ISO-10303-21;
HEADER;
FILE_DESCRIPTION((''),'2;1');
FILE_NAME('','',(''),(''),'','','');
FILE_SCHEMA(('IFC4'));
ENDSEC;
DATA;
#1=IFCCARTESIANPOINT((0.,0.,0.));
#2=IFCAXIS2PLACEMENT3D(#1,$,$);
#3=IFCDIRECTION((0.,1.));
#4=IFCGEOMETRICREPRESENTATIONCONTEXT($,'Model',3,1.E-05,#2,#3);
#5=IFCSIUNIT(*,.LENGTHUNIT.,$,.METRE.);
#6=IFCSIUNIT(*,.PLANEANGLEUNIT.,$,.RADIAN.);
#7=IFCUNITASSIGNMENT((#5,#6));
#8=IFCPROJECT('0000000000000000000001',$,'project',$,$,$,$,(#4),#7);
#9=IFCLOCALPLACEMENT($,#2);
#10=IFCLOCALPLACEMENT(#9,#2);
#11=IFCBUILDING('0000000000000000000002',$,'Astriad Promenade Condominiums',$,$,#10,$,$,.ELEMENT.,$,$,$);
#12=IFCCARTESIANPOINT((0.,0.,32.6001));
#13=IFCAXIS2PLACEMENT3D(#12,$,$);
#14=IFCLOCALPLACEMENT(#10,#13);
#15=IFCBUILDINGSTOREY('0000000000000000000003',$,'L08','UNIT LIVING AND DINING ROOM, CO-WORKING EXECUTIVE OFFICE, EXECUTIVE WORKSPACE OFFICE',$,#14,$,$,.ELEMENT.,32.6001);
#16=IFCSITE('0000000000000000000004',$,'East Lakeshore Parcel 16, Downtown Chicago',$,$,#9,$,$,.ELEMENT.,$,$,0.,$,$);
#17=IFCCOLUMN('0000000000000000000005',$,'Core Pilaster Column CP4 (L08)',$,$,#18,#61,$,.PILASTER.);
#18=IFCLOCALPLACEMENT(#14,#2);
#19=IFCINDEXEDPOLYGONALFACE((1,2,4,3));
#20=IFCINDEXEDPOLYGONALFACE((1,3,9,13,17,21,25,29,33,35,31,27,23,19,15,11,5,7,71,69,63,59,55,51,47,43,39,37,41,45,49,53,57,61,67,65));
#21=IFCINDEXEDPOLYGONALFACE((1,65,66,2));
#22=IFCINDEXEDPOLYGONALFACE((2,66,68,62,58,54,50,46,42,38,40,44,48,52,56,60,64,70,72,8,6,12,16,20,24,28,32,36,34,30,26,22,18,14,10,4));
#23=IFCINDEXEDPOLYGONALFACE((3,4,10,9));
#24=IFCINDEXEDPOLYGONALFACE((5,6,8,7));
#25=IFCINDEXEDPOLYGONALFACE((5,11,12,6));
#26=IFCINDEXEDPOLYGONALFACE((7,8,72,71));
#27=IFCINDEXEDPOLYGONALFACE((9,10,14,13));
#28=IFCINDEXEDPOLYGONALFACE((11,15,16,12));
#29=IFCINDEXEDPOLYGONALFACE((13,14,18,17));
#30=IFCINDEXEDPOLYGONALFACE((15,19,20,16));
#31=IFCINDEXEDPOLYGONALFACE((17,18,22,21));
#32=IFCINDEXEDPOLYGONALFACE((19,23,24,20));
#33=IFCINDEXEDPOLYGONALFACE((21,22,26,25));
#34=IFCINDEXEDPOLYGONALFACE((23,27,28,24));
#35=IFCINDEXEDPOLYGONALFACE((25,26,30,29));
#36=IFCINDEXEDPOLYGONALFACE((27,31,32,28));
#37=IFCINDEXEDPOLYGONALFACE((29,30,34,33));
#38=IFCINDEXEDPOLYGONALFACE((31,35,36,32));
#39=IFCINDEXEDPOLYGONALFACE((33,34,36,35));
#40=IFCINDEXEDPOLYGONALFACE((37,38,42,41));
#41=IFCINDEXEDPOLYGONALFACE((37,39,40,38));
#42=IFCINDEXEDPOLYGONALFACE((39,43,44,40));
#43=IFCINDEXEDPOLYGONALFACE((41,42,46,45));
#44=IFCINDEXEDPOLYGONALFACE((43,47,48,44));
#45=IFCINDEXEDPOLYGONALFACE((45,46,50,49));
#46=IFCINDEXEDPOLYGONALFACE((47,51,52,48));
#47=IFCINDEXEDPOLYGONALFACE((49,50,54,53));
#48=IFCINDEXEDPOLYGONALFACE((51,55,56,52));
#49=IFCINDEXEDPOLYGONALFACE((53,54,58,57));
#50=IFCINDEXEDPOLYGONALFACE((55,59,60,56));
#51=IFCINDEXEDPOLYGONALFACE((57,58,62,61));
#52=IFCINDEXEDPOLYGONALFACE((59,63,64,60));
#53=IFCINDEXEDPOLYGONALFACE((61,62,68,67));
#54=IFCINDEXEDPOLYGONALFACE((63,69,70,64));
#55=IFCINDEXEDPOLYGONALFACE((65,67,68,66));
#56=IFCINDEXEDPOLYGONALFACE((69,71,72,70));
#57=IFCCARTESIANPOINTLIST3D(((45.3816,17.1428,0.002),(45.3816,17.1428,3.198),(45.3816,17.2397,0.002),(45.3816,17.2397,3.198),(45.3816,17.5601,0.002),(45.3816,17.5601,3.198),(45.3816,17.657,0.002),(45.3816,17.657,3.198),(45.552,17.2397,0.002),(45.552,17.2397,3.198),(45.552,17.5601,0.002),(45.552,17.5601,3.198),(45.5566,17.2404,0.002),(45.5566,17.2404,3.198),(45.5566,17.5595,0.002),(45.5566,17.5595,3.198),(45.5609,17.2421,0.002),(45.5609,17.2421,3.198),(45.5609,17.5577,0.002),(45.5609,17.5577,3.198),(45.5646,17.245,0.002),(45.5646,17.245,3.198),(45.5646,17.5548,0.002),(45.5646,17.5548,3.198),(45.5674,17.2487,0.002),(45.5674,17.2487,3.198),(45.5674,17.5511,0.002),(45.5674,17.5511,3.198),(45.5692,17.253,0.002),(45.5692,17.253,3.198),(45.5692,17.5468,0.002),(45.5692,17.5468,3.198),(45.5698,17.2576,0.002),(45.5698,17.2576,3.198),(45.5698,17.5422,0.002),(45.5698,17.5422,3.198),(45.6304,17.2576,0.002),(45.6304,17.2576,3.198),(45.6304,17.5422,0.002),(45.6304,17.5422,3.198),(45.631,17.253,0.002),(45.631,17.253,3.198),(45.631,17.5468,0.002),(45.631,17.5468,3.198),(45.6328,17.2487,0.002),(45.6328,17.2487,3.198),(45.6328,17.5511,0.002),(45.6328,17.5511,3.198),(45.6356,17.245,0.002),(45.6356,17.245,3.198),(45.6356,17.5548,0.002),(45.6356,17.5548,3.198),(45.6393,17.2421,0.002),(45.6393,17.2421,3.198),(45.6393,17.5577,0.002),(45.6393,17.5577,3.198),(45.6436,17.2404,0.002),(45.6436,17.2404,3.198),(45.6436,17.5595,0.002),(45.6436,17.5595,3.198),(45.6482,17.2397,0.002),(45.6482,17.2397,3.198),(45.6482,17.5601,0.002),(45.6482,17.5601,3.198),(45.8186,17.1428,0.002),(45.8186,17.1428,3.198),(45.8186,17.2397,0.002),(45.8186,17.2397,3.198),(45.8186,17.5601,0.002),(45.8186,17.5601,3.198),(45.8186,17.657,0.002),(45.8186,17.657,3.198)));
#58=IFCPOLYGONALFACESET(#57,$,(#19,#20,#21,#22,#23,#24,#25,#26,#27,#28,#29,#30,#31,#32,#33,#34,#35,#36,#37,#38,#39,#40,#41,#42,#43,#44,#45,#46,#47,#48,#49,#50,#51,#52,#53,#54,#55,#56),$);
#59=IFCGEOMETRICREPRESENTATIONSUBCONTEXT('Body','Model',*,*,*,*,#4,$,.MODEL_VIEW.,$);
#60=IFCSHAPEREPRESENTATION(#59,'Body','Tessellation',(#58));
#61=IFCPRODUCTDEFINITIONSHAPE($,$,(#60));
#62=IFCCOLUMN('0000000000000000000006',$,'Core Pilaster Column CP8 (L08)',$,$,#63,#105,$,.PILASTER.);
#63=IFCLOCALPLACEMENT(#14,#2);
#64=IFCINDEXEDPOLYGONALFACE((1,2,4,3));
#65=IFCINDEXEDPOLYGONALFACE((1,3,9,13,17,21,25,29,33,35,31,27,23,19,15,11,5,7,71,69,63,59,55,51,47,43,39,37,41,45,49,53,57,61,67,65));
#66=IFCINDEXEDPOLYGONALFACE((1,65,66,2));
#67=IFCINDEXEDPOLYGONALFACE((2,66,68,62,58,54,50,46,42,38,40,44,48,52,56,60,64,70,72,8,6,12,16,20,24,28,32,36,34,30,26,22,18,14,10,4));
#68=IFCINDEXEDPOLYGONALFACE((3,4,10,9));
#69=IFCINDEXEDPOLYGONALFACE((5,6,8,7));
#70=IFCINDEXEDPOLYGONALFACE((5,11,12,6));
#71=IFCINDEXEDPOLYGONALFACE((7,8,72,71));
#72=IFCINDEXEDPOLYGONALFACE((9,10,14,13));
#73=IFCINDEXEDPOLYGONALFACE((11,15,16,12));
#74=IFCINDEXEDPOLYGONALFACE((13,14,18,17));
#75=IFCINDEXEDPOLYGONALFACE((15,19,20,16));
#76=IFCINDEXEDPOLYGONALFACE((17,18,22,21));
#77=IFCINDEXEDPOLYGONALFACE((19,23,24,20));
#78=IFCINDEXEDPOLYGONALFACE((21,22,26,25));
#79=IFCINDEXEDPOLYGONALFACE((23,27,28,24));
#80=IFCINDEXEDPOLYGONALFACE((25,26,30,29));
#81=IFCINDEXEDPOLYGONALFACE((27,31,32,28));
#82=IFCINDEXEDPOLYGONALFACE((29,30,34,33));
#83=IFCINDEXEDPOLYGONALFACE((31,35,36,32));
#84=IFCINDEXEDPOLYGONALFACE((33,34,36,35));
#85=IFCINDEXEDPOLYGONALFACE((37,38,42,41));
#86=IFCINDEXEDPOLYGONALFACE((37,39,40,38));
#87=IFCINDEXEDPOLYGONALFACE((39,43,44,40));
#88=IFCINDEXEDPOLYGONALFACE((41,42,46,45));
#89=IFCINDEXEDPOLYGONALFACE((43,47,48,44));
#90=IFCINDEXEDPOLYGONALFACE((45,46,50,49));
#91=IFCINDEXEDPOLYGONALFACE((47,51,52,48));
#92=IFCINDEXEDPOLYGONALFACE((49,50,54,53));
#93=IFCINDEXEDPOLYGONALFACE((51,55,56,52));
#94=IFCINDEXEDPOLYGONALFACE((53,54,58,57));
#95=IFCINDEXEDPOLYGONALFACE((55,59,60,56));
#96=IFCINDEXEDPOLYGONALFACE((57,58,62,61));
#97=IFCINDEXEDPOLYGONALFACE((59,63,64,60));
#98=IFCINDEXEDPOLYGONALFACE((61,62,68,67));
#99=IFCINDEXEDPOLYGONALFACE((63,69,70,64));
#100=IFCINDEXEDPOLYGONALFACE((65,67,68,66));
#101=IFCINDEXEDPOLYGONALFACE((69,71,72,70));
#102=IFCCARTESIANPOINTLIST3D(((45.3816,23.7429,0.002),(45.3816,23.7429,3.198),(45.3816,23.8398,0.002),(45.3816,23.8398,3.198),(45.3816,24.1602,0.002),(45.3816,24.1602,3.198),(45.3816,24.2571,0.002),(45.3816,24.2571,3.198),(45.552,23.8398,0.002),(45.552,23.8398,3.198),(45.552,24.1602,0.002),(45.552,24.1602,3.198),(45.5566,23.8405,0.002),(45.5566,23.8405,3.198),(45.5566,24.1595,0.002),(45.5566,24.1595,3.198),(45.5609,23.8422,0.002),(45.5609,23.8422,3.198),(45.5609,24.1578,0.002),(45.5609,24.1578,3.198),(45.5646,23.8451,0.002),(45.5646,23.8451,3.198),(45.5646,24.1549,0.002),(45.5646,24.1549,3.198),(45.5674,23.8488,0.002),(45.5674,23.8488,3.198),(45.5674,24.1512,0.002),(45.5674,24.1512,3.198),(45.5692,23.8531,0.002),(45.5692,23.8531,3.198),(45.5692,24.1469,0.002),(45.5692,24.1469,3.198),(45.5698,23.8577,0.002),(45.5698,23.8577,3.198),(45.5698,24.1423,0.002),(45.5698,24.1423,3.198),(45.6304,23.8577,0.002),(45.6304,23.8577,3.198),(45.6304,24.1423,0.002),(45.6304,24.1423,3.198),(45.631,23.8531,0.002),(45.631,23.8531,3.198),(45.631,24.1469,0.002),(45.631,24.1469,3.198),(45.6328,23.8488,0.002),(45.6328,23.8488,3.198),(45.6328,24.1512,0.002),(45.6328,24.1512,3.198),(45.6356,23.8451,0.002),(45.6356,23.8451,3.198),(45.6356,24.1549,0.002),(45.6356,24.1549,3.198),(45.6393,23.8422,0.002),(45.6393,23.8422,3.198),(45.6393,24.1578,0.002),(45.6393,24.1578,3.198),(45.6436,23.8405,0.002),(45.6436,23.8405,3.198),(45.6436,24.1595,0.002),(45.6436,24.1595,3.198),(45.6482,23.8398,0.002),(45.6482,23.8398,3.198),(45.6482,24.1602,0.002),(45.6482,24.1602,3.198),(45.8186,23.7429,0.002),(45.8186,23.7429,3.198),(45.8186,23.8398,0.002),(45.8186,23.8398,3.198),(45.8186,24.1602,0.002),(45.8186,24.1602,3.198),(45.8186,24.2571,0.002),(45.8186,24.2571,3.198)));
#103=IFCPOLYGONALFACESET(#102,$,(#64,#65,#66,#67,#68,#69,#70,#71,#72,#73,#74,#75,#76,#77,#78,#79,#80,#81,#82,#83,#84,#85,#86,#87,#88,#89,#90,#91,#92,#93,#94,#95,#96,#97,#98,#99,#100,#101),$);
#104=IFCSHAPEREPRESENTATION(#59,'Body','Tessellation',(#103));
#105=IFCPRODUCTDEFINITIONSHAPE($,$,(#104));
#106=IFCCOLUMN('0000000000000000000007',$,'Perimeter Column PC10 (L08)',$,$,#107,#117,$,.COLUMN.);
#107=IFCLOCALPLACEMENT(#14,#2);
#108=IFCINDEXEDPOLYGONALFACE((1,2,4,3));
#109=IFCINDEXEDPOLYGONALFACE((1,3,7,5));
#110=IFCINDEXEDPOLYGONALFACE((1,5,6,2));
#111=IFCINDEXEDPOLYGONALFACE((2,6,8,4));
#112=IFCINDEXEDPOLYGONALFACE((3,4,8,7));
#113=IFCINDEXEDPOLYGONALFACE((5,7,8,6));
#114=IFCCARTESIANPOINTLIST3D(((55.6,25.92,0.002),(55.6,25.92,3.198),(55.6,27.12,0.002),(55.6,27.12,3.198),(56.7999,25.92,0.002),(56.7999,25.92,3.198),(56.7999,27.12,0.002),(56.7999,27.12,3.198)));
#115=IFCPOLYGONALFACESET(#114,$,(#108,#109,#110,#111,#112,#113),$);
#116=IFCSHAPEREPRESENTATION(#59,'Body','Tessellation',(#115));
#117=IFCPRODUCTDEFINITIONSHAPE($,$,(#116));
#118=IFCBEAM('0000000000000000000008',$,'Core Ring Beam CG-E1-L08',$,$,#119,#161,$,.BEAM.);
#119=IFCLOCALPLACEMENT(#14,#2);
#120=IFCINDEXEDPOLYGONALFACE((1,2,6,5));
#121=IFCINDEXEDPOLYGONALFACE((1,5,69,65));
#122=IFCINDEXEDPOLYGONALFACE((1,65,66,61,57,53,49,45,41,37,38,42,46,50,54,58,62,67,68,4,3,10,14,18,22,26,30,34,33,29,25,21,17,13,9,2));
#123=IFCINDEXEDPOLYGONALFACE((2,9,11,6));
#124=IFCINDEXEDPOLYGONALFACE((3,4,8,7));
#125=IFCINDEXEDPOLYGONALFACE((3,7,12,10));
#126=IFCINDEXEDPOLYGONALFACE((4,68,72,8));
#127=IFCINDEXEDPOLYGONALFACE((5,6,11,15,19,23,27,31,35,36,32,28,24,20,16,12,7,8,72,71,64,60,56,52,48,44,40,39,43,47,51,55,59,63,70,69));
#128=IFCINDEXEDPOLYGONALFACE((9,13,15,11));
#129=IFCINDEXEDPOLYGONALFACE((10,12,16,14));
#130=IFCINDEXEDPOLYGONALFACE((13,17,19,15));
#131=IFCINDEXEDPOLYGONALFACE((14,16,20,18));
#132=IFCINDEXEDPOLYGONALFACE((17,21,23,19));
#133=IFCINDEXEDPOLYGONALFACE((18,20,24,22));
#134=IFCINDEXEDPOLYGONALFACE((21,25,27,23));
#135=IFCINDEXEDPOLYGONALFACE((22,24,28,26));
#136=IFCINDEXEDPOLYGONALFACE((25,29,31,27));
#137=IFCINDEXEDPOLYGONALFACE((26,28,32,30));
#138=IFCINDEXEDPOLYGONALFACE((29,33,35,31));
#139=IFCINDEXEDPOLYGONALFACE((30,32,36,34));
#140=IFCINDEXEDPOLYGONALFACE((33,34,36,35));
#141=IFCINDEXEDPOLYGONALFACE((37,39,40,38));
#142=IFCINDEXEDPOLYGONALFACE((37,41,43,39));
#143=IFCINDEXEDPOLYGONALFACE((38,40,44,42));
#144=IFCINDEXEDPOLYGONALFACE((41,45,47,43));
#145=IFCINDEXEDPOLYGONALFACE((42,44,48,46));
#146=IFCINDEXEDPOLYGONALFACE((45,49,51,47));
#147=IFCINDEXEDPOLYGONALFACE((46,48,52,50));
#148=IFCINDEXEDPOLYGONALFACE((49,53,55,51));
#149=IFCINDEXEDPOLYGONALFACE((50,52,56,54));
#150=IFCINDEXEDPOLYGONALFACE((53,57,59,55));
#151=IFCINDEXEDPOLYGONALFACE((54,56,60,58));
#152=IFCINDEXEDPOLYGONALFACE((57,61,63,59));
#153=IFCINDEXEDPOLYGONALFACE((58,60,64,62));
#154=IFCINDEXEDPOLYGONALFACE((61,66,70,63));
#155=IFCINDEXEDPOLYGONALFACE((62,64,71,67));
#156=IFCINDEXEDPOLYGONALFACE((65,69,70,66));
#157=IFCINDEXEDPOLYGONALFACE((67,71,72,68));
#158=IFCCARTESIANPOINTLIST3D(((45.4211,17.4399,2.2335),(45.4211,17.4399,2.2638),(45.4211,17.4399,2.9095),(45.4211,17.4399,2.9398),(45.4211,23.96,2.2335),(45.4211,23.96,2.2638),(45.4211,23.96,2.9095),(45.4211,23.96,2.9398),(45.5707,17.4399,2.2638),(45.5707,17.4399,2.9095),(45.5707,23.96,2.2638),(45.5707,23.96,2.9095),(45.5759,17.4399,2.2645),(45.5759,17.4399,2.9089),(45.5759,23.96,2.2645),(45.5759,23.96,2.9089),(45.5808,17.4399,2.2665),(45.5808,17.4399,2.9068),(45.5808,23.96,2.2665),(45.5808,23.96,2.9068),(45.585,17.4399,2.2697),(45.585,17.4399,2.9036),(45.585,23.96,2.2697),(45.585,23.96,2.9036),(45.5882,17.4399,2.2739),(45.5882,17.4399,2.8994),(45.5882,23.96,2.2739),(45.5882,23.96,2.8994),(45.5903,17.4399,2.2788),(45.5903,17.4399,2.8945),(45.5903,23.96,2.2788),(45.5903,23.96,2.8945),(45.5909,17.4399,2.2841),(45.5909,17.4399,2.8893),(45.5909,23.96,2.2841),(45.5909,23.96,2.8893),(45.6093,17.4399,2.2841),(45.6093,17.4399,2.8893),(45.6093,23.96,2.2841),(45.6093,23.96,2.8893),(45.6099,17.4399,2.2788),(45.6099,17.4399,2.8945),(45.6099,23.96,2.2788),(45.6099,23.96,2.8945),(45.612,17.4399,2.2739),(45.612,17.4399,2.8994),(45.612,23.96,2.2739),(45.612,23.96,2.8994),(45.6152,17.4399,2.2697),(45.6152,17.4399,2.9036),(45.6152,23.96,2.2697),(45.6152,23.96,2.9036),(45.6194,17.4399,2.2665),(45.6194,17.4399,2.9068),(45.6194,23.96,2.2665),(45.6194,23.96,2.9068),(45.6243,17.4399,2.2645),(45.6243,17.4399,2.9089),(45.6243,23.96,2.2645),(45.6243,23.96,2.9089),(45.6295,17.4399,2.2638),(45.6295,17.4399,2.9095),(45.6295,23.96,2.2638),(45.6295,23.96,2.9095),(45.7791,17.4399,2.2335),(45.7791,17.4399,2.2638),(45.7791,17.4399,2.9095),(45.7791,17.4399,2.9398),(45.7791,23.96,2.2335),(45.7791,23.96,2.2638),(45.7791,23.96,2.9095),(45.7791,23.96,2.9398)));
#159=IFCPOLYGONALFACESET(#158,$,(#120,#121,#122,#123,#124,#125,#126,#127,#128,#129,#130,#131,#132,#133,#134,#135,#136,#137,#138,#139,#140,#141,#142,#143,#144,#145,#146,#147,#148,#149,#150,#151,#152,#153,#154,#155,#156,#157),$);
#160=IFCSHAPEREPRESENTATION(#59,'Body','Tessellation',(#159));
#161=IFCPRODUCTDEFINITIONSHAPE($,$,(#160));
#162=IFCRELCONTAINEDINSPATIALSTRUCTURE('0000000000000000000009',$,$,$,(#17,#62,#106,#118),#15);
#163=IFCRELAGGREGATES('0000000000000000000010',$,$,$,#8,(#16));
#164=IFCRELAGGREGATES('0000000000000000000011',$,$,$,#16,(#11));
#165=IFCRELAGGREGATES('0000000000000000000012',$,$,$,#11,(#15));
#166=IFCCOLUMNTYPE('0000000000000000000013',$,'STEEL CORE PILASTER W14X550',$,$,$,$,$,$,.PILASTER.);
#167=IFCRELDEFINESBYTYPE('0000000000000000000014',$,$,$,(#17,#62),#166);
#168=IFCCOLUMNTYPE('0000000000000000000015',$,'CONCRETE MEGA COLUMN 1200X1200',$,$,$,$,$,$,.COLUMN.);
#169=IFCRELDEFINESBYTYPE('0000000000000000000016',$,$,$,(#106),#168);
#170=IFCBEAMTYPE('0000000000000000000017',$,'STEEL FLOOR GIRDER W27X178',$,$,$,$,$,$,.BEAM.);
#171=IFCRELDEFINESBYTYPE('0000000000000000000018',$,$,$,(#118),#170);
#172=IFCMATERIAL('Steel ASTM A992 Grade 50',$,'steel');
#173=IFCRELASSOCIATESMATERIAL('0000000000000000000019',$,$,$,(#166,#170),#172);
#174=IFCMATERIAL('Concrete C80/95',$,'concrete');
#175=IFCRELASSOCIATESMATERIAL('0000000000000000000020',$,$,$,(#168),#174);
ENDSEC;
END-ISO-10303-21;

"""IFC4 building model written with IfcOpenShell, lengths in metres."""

from ifc_helpers import new_model, si_unit, direction, frame, origin, origin_2d, place, context, subcontext, project, spatial, rectangle, i_section, extrude, source, transform, mapped, material, material_profile, profile_set, type_object, type_shapes, element, save


model = new_model("IFC4")

# Units and contexts
model_context = context("Model", 3, precision=1e-05, world=origin(), true_north=direction((0.0, 1.0)))
body_context = subcontext(model_context, "Body", "Model", "MODEL_VIEW")
ifc_project = project(units=[si_unit("LENGTHUNIT", "METRE"), si_unit("PLANEANGLEUNIT", "RADIAN")], contexts=[model_context])

# Site, building, storey
site_placement = place(None, origin())
site = spatial("IfcSite", under=ifc_project, at=site_placement, Name="East Lakeshore Parcel 16, Downtown Chicago", CompositionType="ELEMENT", RefElevation=0.0)
building_placement = place(site_placement, origin())
building = spatial("IfcBuilding", under=site, at=building_placement, Name="Astriad Promenade Condominiums", CompositionType="ELEMENT")
storey_placement = place(building_placement, frame((0.0, 0.0, 32.6001)))
storey = spatial("IfcBuildingStorey", under=building, at=storey_placement, Name="L08", Description="UNIT LIVING AND DINING ROOM, CO-WORKING EXECUTIVE OFFICE, EXECUTIVE WORKSPACE OFFICE", CompositionType="ELEMENT", Elevation=32.6001)

# Columns
ifc_material_1 = material(Name="Steel ASTM A992 Grade 50", Category="steel")
ifc_material_profile_1 = material_profile(ifc_material_1, i_section(OverallWidth=0.437, OverallDepth=0.5142, WebThickness=0.0605, FlangeThickness=0.0969, FilletRadius=0.0178, at=origin_2d()), Name="W14X550")
ifc_profile_set_1 = profile_set([ifc_material_profile_1], Name="Steel ASTM A992 Grade 50")
column_type_1 = type_object("IfcColumnType", Name="STEEL CORE PILASTER W14X550", PredefinedType="PILASTER", material=ifc_profile_set_1)
shared_shape_1 = source(origin(), body_context, "Body", "SweptSolid", [
    extrude(i_section(OverallWidth=0.437, OverallDepth=0.5142, WebThickness=0.0605, FlangeThickness=0.0969, FilletRadius=0.0178, at=origin_2d()), origin(), (0.0, 0.0, 1.0), 3.196),
])
type_shapes(column_type_1, [shared_shape_1])
for number, where, z_axis, x_axis, name in (
    (1, (45.6001, 17.3999, 0.002), (0.0, 0.0, 1.0), (1.0, 0.0, 0.0), "Core Pilaster Column CP4 (L08)"),
    (2, (45.6001, 24.0, 0.002), (0.0, 0.0, 1.0), (1.0, 0.0, 0.0), "Core Pilaster Column CP8 (L08)"),
):
    element("IfcColumn", number, at=place(storey_placement, frame(where, z_axis=z_axis, x_axis=x_axis)), inside=storey, type_object=column_type_1, Name=name, PredefinedType="PILASTER", context=body_context, shape_type="MappedRepresentation", body=[
        mapped(shared_shape_1, transform((0.0, 0.0, 0.0), scale=1.0)),
    ])
ifc_material_2 = material(Name="Concrete C80/95", Category="concrete")
ifc_material_profile_2 = material_profile(ifc_material_2, rectangle(XDim=1.2, YDim=1.2, at=origin_2d()), Name="RC-COL-1200X1200")
ifc_profile_set_2 = profile_set([ifc_material_profile_2], Name="Concrete C80/95")
column_type_2 = type_object("IfcColumnType", Name="CONCRETE MEGA COLUMN 1200X1200", PredefinedType="COLUMN", material=ifc_profile_set_2)
shared_shape_2 = source(origin(), body_context, "Body", "SweptSolid", [
    extrude(rectangle(XDim=1.2, YDim=1.2, at=origin_2d()), origin(), (0.0, 0.0, 1.0), 3.196),
])
type_shapes(column_type_2, [shared_shape_2])
column_placement = place(storey_placement, frame((56.2, 26.52, 0.002), z_axis=(0.0, 0.0, 1.0), x_axis=(1.0, 0.0, 0.0)))
element("IfcColumn", 3, at=column_placement, inside=storey, type_object=column_type_2, Name="Perimeter Column PC10 (L08)", PredefinedType="COLUMN", context=body_context, shape_type="MappedRepresentation", body=[
    mapped(shared_shape_2, transform((0.0, 0.0, 0.0), scale=1.0)),
])

# Beam
ifc_material_profile_3 = material_profile(ifc_material_1, i_section(OverallWidth=0.3579, OverallDepth=0.7063, WebThickness=0.0183, FlangeThickness=0.0303, FilletRadius=0.0203, at=origin_2d()), Name="W27X178")
ifc_profile_set_3 = profile_set([ifc_material_profile_3], Name="Steel ASTM A992 Grade 50")
beam_type_1 = type_object("IfcBeamType", Name="STEEL FLOOR GIRDER W27X178", PredefinedType="BEAM", material=ifc_profile_set_3)
shared_shape_3 = source(origin(), body_context, "Body", "SweptSolid", [
    extrude(i_section(OverallWidth=0.3579, OverallDepth=0.7063, WebThickness=0.0183, FlangeThickness=0.0303, FilletRadius=0.0203, at=origin_2d()), origin(), (0.0, 0.0, 1.0), 6.52),
])
type_shapes(beam_type_1, [shared_shape_3])
beam_1_placement = place(storey_placement, frame((45.6001, 17.4399, 2.5867), z_axis=(0.0, 1.0, 0.0), x_axis=(-1.0, 0.0, 0.0)))
element("IfcBeam", 4, at=beam_1_placement, inside=storey, type_object=beam_type_1, Name="Core Ring Beam CG-E1-L08", PredefinedType="BEAM", context=body_context, shape_type="MappedRepresentation", body=[
    mapped(shared_shape_3, transform((0.0, 0.0, 0.0), scale=1.0)),
])

save(model, "model.ifc")
